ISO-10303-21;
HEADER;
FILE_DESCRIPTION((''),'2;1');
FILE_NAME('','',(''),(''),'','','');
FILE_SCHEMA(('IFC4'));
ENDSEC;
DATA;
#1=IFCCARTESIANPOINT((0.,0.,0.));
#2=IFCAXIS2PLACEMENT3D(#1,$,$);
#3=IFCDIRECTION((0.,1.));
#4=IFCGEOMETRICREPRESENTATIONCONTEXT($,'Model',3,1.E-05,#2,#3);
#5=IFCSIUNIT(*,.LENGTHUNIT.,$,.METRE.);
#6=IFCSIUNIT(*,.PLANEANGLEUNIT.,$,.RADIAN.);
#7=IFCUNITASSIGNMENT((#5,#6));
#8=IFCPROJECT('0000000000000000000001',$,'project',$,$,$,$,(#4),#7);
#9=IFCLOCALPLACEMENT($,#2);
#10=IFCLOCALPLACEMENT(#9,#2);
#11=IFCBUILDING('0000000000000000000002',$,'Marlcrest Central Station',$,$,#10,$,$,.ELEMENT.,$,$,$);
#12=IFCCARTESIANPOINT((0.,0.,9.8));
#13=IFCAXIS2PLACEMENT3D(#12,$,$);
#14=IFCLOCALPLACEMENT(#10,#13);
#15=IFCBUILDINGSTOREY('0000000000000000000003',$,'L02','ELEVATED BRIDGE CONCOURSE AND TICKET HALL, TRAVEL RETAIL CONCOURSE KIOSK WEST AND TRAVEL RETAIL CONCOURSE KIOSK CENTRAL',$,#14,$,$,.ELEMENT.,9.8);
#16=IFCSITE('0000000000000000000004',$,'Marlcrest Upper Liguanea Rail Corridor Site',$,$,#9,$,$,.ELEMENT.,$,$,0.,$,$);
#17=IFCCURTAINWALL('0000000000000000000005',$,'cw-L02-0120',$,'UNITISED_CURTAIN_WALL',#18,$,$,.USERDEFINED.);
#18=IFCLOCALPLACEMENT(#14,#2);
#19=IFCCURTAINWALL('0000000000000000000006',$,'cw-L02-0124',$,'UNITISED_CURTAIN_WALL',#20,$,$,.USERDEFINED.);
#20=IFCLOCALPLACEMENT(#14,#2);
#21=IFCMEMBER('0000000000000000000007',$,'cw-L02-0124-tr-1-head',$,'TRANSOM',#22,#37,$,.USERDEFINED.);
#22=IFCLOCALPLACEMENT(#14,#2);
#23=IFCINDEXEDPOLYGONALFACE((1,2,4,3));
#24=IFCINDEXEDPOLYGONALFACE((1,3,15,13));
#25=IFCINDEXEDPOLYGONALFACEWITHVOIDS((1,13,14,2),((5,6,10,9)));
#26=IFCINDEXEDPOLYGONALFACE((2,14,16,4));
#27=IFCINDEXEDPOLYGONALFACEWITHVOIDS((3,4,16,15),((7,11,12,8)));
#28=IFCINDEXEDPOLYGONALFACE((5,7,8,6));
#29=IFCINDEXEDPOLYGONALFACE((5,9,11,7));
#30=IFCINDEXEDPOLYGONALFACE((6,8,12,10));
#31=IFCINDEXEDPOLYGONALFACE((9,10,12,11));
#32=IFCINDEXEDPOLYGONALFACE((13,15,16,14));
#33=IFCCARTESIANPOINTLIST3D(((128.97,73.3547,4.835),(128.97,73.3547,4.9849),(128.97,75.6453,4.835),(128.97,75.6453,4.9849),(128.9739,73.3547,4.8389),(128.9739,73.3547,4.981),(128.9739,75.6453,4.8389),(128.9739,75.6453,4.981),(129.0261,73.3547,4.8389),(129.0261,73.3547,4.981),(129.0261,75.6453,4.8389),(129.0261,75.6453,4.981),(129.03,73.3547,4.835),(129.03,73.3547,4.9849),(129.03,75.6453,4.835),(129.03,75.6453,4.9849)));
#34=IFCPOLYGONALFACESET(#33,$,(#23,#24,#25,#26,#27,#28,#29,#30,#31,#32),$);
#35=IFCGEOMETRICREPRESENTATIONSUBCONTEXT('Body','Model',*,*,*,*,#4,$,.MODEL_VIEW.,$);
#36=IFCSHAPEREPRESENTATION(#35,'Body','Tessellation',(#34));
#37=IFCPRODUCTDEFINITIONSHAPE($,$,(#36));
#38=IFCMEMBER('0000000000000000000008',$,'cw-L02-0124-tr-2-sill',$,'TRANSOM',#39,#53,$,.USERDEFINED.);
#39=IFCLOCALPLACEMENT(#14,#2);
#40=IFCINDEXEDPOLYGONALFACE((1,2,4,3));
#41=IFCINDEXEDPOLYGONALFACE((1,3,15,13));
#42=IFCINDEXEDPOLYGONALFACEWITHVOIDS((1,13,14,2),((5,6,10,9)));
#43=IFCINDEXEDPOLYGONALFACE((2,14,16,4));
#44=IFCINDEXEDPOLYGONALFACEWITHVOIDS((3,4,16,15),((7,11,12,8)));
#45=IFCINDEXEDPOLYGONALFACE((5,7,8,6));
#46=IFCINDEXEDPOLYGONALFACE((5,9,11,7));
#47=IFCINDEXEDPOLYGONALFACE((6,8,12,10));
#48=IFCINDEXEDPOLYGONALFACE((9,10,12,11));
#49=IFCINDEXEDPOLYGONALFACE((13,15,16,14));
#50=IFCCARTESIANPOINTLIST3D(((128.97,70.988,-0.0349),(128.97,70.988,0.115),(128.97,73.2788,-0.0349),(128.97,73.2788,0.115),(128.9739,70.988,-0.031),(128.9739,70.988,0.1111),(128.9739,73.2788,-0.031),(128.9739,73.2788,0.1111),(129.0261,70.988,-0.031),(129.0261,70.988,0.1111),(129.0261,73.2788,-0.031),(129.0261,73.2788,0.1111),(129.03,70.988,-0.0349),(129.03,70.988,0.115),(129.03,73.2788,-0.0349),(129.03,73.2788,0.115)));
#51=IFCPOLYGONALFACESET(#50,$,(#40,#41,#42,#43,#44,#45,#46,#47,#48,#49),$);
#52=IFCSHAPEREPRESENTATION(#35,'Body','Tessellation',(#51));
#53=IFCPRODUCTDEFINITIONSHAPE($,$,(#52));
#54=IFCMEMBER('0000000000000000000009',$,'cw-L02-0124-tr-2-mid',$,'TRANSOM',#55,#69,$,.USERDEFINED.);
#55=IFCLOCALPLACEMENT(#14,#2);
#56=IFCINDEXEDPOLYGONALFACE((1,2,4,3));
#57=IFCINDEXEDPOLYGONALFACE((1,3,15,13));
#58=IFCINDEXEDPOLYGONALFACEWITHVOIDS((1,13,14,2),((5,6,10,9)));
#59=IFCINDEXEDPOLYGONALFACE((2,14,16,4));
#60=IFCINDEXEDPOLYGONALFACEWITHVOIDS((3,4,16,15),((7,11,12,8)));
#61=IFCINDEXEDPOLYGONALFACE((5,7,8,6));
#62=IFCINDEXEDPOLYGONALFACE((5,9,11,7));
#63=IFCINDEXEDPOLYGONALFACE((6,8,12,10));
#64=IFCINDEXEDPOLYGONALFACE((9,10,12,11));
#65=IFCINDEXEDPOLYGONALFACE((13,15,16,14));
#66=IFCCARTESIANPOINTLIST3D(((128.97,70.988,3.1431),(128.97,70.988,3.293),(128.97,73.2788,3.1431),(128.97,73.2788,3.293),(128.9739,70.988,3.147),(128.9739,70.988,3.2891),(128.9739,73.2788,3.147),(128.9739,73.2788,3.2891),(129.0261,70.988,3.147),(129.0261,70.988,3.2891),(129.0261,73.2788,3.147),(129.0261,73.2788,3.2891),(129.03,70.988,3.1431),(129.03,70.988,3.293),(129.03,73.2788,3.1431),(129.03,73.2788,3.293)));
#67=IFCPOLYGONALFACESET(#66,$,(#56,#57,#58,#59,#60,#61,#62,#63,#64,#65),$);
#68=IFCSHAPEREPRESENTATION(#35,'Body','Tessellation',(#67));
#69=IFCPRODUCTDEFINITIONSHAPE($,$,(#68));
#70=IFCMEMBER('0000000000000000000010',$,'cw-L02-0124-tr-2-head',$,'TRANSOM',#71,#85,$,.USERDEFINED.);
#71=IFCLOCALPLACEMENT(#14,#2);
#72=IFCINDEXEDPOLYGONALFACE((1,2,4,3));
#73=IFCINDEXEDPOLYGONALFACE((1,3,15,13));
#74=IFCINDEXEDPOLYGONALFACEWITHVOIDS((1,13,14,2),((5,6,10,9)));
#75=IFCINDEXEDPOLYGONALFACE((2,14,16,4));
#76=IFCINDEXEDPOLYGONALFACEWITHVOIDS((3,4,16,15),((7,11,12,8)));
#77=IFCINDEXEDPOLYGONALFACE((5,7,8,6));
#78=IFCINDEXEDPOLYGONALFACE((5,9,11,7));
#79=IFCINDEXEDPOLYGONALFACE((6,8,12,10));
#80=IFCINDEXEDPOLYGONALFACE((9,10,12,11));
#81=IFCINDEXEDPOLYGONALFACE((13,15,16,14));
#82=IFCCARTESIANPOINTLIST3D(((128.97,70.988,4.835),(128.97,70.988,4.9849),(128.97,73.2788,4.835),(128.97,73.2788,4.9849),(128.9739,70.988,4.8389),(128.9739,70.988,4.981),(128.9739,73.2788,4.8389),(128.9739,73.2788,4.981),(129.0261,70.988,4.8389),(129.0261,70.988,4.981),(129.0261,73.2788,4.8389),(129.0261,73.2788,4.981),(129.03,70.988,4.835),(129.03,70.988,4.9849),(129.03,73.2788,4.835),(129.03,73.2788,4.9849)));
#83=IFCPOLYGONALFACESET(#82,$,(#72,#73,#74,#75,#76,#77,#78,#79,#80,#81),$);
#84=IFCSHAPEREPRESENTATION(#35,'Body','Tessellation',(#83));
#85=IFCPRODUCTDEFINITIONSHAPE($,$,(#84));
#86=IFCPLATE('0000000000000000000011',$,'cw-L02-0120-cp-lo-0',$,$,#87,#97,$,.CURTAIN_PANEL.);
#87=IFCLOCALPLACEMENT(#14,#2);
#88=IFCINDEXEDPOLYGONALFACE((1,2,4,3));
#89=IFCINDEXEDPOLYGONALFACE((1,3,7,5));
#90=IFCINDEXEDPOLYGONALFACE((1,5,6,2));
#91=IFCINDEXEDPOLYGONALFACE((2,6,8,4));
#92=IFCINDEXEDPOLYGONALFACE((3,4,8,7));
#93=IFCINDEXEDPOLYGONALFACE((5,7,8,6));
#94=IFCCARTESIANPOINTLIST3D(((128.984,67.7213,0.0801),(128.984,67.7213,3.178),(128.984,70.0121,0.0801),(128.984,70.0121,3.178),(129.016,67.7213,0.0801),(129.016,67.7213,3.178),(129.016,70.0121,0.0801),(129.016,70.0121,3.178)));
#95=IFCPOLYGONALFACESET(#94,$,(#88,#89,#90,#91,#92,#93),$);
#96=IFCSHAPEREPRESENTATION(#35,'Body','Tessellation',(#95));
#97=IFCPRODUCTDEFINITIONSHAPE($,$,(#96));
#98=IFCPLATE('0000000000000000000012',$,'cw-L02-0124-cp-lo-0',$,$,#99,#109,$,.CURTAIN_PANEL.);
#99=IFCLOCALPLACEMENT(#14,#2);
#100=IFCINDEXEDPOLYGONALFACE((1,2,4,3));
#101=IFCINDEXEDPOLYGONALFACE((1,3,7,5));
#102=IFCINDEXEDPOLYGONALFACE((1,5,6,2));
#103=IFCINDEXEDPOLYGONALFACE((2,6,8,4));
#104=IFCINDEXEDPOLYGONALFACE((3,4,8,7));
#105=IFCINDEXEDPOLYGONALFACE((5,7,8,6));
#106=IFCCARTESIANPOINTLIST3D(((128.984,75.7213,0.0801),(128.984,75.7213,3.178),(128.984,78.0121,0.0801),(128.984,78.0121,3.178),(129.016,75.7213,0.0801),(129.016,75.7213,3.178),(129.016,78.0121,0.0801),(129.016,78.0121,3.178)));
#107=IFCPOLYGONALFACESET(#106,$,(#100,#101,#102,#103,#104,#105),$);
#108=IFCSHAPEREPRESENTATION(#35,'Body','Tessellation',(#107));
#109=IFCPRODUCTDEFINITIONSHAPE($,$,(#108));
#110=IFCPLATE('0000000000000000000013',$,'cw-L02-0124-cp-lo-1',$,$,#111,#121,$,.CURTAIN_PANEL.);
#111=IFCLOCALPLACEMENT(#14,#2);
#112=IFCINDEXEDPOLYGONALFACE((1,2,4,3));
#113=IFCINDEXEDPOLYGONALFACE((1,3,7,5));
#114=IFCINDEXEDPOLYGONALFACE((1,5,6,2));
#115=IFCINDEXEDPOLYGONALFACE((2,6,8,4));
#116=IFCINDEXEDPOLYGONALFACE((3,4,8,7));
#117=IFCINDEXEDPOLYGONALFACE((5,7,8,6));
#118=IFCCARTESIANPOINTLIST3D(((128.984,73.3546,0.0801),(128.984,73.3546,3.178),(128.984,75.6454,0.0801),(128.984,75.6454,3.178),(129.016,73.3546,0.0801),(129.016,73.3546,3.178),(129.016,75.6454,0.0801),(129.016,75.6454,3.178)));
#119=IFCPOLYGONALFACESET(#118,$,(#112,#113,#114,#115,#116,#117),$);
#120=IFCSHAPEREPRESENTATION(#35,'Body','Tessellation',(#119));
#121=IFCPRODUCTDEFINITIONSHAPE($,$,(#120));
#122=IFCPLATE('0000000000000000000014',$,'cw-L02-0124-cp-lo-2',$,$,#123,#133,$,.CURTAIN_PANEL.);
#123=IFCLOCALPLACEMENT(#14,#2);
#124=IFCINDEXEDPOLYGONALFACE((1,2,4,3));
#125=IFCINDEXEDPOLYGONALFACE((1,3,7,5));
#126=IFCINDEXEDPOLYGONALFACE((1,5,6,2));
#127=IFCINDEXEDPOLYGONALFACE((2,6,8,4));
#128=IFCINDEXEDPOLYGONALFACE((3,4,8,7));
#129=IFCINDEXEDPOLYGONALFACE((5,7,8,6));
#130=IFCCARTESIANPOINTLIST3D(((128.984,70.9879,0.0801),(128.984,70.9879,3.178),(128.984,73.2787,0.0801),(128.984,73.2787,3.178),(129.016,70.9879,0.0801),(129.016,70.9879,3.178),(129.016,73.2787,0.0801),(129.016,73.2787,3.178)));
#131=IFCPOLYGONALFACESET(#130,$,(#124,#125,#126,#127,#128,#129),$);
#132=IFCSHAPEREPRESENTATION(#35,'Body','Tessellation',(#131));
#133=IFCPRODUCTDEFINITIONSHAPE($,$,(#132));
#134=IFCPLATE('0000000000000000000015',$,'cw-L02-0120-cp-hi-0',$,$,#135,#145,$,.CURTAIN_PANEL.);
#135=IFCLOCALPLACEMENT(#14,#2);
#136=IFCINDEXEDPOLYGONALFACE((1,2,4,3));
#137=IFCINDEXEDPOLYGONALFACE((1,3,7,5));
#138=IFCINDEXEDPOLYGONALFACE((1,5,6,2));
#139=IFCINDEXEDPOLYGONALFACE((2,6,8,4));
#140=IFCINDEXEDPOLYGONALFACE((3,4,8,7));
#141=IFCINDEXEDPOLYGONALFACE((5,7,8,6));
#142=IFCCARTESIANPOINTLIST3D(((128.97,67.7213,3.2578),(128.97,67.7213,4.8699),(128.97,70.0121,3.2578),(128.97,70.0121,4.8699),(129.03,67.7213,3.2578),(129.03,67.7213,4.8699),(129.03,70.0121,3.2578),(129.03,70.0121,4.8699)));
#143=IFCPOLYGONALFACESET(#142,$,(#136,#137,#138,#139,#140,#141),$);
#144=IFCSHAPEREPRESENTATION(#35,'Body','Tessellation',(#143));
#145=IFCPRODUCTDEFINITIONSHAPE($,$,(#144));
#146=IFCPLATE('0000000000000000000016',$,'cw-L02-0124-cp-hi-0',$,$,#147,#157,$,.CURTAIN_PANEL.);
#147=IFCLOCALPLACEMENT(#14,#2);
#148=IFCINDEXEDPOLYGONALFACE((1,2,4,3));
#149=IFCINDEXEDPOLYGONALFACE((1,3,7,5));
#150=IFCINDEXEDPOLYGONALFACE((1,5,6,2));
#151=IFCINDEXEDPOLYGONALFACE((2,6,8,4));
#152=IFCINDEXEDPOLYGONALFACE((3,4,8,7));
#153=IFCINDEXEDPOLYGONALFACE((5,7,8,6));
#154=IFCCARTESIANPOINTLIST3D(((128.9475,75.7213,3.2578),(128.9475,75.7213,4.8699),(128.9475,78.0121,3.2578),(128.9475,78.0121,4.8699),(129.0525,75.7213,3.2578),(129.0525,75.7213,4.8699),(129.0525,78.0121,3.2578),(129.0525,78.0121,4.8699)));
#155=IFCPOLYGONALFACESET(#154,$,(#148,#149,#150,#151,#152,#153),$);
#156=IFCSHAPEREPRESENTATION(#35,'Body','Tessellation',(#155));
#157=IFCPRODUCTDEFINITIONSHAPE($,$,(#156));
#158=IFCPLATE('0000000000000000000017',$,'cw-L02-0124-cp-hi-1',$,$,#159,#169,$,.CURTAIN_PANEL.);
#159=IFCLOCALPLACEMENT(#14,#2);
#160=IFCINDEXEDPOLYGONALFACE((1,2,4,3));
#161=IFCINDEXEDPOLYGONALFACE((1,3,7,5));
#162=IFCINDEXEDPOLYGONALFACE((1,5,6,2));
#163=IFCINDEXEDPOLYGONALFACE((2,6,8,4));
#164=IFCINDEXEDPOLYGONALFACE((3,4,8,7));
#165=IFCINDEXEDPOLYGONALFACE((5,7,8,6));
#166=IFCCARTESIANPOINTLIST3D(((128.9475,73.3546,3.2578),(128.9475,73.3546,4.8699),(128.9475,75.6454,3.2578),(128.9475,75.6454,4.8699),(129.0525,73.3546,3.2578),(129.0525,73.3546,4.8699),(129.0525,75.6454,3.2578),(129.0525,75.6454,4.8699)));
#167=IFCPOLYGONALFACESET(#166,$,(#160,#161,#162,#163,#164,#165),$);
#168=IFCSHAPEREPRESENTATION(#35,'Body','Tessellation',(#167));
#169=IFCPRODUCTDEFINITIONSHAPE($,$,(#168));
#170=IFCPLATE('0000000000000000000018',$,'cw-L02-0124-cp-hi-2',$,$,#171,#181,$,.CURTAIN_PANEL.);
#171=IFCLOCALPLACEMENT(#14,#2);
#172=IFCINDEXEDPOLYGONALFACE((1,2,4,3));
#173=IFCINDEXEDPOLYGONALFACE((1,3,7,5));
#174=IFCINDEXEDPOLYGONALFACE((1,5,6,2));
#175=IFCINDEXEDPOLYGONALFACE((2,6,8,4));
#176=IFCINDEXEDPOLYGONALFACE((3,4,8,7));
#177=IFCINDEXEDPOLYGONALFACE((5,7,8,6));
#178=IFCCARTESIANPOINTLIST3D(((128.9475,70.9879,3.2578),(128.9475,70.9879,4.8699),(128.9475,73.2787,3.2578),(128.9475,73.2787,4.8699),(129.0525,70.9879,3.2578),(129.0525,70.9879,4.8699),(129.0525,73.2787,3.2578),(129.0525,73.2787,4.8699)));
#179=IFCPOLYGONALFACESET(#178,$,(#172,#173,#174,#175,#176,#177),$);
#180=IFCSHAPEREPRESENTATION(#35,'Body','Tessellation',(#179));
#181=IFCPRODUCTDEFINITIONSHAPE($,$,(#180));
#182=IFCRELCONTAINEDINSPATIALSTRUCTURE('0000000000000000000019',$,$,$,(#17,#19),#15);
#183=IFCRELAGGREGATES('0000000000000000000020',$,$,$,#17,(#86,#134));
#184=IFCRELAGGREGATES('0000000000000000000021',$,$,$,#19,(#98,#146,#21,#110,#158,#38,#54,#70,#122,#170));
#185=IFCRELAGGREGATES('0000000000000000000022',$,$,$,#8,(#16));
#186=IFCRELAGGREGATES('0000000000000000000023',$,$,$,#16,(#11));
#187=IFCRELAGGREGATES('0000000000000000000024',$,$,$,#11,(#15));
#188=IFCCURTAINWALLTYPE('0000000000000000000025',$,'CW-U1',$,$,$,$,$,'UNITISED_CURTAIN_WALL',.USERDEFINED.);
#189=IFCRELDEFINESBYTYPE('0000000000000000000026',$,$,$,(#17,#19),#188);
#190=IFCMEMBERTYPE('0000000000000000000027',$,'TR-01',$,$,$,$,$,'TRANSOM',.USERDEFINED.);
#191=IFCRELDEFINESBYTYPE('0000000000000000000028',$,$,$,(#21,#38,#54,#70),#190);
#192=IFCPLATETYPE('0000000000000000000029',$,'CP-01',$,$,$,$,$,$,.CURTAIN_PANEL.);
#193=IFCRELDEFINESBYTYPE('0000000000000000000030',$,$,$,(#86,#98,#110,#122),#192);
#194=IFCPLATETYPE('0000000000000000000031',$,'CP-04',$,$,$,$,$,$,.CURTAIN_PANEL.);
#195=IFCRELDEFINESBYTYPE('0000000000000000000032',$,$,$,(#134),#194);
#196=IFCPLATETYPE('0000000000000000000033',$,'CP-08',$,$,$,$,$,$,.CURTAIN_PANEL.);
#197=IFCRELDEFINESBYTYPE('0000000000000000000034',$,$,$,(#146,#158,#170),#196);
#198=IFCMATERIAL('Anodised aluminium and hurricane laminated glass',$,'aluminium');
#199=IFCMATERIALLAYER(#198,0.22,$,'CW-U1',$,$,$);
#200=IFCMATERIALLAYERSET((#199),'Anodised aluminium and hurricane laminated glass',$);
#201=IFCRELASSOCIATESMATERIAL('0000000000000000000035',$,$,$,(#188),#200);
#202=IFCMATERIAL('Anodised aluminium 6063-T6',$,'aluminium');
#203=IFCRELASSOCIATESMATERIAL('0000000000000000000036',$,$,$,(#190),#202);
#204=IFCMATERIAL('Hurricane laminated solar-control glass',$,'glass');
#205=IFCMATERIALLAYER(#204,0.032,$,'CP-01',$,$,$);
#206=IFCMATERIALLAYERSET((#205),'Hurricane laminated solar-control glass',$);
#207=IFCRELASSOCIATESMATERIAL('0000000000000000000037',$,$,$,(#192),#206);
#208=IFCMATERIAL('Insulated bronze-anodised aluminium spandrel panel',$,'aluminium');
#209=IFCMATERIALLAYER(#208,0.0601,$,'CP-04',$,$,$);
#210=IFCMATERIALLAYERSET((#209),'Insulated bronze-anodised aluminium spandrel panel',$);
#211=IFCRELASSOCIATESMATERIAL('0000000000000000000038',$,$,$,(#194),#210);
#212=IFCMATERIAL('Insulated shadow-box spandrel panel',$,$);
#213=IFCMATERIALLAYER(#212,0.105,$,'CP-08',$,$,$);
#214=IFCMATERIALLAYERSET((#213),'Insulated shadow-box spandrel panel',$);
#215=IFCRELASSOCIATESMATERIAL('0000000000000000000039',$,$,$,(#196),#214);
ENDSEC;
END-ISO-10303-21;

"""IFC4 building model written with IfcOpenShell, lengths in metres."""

from ifc_helpers import new_model, si_unit, direction, frame, origin, origin_2d, place, context, subcontext, project, spatial, rectangle, hollow_rectangle, extrude, material, layer, layer_set, material_profile, profile_set, type_object, element, aggregate, save


model = new_model("IFC4")

# Units and contexts
model_context = context("Model", 3, precision=1e-05, world=origin(), true_north=direction((0.0, 1.0)))
body_context = subcontext(model_context, "Body", "Model", "MODEL_VIEW")
ifc_project = project(units=[si_unit("LENGTHUNIT", "METRE"), si_unit("PLANEANGLEUNIT", "RADIAN")], contexts=[model_context])

# Site, building, storey
site_placement = place(None, origin())
site = spatial("IfcSite", under=ifc_project, at=site_placement, Name="Marlcrest Upper Liguanea Rail Corridor Site", CompositionType="ELEMENT", RefElevation=0.0)
building_placement = place(site_placement, origin())
building = spatial("IfcBuilding", under=site, at=building_placement, Name="Marlcrest Central Station", CompositionType="ELEMENT")
storey_placement = place(building_placement, frame((0.0, 0.0, 9.8)))
storey = spatial("IfcBuildingStorey", under=building, at=storey_placement, Name="L02", Description="ELEVATED BRIDGE CONCOURSE AND TICKET HALL, TRAVEL RETAIL CONCOURSE KIOSK WEST AND TRAVEL RETAIL CONCOURSE KIOSK CENTRAL", CompositionType="ELEMENT", Elevation=9.8)

# Curtain walls
ifc_material_1 = material(Name="Anodised aluminium and hurricane laminated glass", Category="aluminium")
ifc_layer_1 = layer(ifc_material_1, 0.22, Name="CW-U1")
ifc_layer_set_1 = layer_set([ifc_layer_1], Name="Anodised aluminium and hurricane laminated glass")
curtain_wall_type = type_object("IfcCurtainWallType", Name="CW-U1", ElementType="UNITISED_CURTAIN_WALL", PredefinedType="USERDEFINED", material=ifc_layer_set_1)
curtain_wall_1_placement = place(storey_placement, origin())
curtain_wall_1 = element("IfcCurtainWall", 1, at=curtain_wall_1_placement, inside=storey, type_object=curtain_wall_type, Name="cw-L02-0120", ObjectType="UNITISED_CURTAIN_WALL", PredefinedType="USERDEFINED")
ifc_material_2 = material(Name="Anodised aluminium 6063-T6", Category="aluminium")
curtain_wall_2_placement = place(storey_placement, origin())
curtain_wall_2 = element("IfcCurtainWall", 2, at=curtain_wall_2_placement, inside=storey, type_object=curtain_wall_type, Name="cw-L02-0124", ObjectType="UNITISED_CURTAIN_WALL", PredefinedType="USERDEFINED")

# Members
ifc_material_profile_1 = material_profile(ifc_material_2, hollow_rectangle(XDim=0.0601, YDim=0.1499, WallThickness=0.0039, at=origin_2d()), Name="AA-RHS 150x60x4")
ifc_profile_set_1 = profile_set([ifc_material_profile_1], Name="Anodised aluminium 6063-T6")
member_type_1 = type_object("IfcMemberType", Name="TR-01", ElementType="TRANSOM", PredefinedType="USERDEFINED", material=ifc_profile_set_1)
member_1_placement = place(storey_placement, frame((129.0, 75.6453, 4.9099), z_axis=(0.0, -1.0, 0.0), x_axis=(1.0, 0.0, 0.0)))
member_1 = element("IfcMember", 3, at=member_1_placement, type_object=member_type_1, Name="cw-L02-0124-tr-1-head", ObjectType="TRANSOM", PredefinedType="USERDEFINED", context=body_context, shape_type="SweptSolid", body=[
    extrude(hollow_rectangle(XDim=0.0601, YDim=0.1499, WallThickness=0.0039, at=origin_2d()), origin(), (0.0, 0.0, 1.0), 2.2905),
])
member_2_placement = place(storey_placement, frame((129.0, 73.2788, 0.04), z_axis=(0.0, -1.0, 0.0), x_axis=(1.0, 0.0, 0.0)))
member_2 = element("IfcMember", 4, at=member_2_placement, type_object=member_type_1, Name="cw-L02-0124-tr-2-sill", ObjectType="TRANSOM", PredefinedType="USERDEFINED", context=body_context, shape_type="SweptSolid", body=[
    extrude(hollow_rectangle(XDim=0.0601, YDim=0.1499, WallThickness=0.0039, at=origin_2d()), origin(), (0.0, 0.0, 1.0), 2.2908),
])
member_3_placement = place(storey_placement, frame((129.0, 73.2788, 3.218), z_axis=(0.0, -1.0, 0.0), x_axis=(1.0, 0.0, 0.0)))
member_3 = element("IfcMember", 5, at=member_3_placement, type_object=member_type_1, Name="cw-L02-0124-tr-2-mid", ObjectType="TRANSOM", PredefinedType="USERDEFINED", context=body_context, shape_type="SweptSolid", body=[
    extrude(hollow_rectangle(XDim=0.0601, YDim=0.1499, WallThickness=0.0039, at=origin_2d()), origin(), (0.0, 0.0, 1.0), 2.2908),
])
member_4_placement = place(storey_placement, frame((129.0, 73.2788, 4.9099), z_axis=(0.0, -1.0, 0.0), x_axis=(1.0, 0.0, 0.0)))
member_4 = element("IfcMember", 6, at=member_4_placement, type_object=member_type_1, Name="cw-L02-0124-tr-2-head", ObjectType="TRANSOM", PredefinedType="USERDEFINED", context=body_context, shape_type="SweptSolid", body=[
    extrude(hollow_rectangle(XDim=0.0601, YDim=0.1499, WallThickness=0.0039, at=origin_2d()), origin(), (0.0, 0.0, 1.0), 2.2908),
])

# Plates
ifc_material_3 = material(Name="Hurricane laminated solar-control glass", Category="glass")
ifc_layer_2 = layer(ifc_material_3, 0.032, Name="CP-01")
ifc_layer_set_2 = layer_set([ifc_layer_2], Name="Hurricane laminated solar-control glass")
plate_type_1 = type_object("IfcPlateType", Name="CP-01", PredefinedType="CURTAIN_PANEL", material=ifc_layer_set_2)
plate_1_placement = place(storey_placement, frame((129.0, 68.8667, 0.0801), z_axis=(0.0, 0.0, 1.0), x_axis=(0.0, -1.0, 0.0)))
plate_1 = element("IfcPlate", 7, at=plate_1_placement, type_object=plate_type_1, Name="cw-L02-0120-cp-lo-0", PredefinedType="CURTAIN_PANEL", context=body_context, shape_type="SweptSolid", body=[
    extrude(rectangle(XDim=2.2908, YDim=0.032, at=origin_2d()), origin(), (0.0, 0.0, 1.0), 3.0979),
])
plate_2_placement = place(storey_placement, frame((129.0, 76.8667, 0.0801), z_axis=(0.0, 0.0, 1.0), x_axis=(0.0, -1.0, 0.0)))
plate_2 = element("IfcPlate", 8, at=plate_2_placement, type_object=plate_type_1, Name="cw-L02-0124-cp-lo-0", PredefinedType="CURTAIN_PANEL", context=body_context, shape_type="SweptSolid", body=[
    extrude(rectangle(XDim=2.2908, YDim=0.032, at=origin_2d()), origin(), (0.0, 0.0, 1.0), 3.0979),
])
plate_3_placement = place(storey_placement, frame((129.0, 74.5, 0.0801), z_axis=(0.0, 0.0, 1.0), x_axis=(0.0, -1.0, 0.0)))
plate_3 = element("IfcPlate", 9, at=plate_3_placement, type_object=plate_type_1, Name="cw-L02-0124-cp-lo-1", PredefinedType="CURTAIN_PANEL", context=body_context, shape_type="SweptSolid", body=[
    extrude(rectangle(XDim=2.2908, YDim=0.032, at=origin_2d()), origin(), (0.0, 0.0, 1.0), 3.0979),
])
plate_4_placement = place(storey_placement, frame((129.0, 72.1333, 0.0801), z_axis=(0.0, 0.0, 1.0), x_axis=(0.0, -1.0, 0.0)))
plate_4 = element("IfcPlate", 10, at=plate_4_placement, type_object=plate_type_1, Name="cw-L02-0124-cp-lo-2", PredefinedType="CURTAIN_PANEL", context=body_context, shape_type="SweptSolid", body=[
    extrude(rectangle(XDim=2.2908, YDim=0.032, at=origin_2d()), origin(), (0.0, 0.0, 1.0), 3.0979),
])
ifc_material_4 = material(Name="Insulated bronze-anodised aluminium spandrel panel", Category="aluminium")
ifc_layer_3 = layer(ifc_material_4, 0.0601, Name="CP-04")
ifc_layer_set_3 = layer_set([ifc_layer_3], Name="Insulated bronze-anodised aluminium spandrel panel")
plate_type_2 = type_object("IfcPlateType", Name="CP-04", PredefinedType="CURTAIN_PANEL", material=ifc_layer_set_3)
plate_5_placement = place(storey_placement, frame((129.0, 68.8667, 3.2578), z_axis=(0.0, 0.0, 1.0), x_axis=(0.0, -1.0, 0.0)))
plate_5 = element("IfcPlate", 11, at=plate_5_placement, type_object=plate_type_2, Name="cw-L02-0120-cp-hi-0", PredefinedType="CURTAIN_PANEL", context=body_context, shape_type="SweptSolid", body=[
    extrude(rectangle(XDim=2.2908, YDim=0.0601, at=origin_2d()), origin(), (0.0, 0.0, 1.0), 1.6121),
])
aggregate(curtain_wall_1, [plate_1, plate_5])
ifc_material_5 = material(Name="Insulated shadow-box spandrel panel")
ifc_layer_4 = layer(ifc_material_5, 0.105, Name="CP-08")
ifc_layer_set_4 = layer_set([ifc_layer_4], Name="Insulated shadow-box spandrel panel")
plate_type_3 = type_object("IfcPlateType", Name="CP-08", PredefinedType="CURTAIN_PANEL", material=ifc_layer_set_4)
plate_6_placement = place(storey_placement, frame((129.0, 76.8667, 3.2578), z_axis=(0.0, 0.0, 1.0), x_axis=(0.0, -1.0, 0.0)))
plate_6 = element("IfcPlate", 12, at=plate_6_placement, type_object=plate_type_3, Name="cw-L02-0124-cp-hi-0", PredefinedType="CURTAIN_PANEL", context=body_context, shape_type="SweptSolid", body=[
    extrude(rectangle(XDim=2.2908, YDim=0.105, at=origin_2d()), origin(), (0.0, 0.0, 1.0), 1.6121),
])
plate_7_placement = place(storey_placement, frame((129.0, 74.5, 3.2578), z_axis=(0.0, 0.0, 1.0), x_axis=(0.0, -1.0, 0.0)))
plate_7 = element("IfcPlate", 13, at=plate_7_placement, type_object=plate_type_3, Name="cw-L02-0124-cp-hi-1", PredefinedType="CURTAIN_PANEL", context=body_context, shape_type="SweptSolid", body=[
    extrude(rectangle(XDim=2.2908, YDim=0.105, at=origin_2d()), origin(), (0.0, 0.0, 1.0), 1.6121),
])
plate_8_placement = place(storey_placement, frame((129.0, 72.1333, 3.2578), z_axis=(0.0, 0.0, 1.0), x_axis=(0.0, -1.0, 0.0)))
plate_8 = element("IfcPlate", 14, at=plate_8_placement, type_object=plate_type_3, Name="cw-L02-0124-cp-hi-2", PredefinedType="CURTAIN_PANEL", context=body_context, shape_type="SweptSolid", body=[
    extrude(rectangle(XDim=2.2908, YDim=0.105, at=origin_2d()), origin(), (0.0, 0.0, 1.0), 1.6121),
])
aggregate(curtain_wall_2, [plate_2, plate_6, member_1, plate_3, plate_7, member_2, member_3, member_4, plate_4, plate_8])

save(model, "model.ifc")
